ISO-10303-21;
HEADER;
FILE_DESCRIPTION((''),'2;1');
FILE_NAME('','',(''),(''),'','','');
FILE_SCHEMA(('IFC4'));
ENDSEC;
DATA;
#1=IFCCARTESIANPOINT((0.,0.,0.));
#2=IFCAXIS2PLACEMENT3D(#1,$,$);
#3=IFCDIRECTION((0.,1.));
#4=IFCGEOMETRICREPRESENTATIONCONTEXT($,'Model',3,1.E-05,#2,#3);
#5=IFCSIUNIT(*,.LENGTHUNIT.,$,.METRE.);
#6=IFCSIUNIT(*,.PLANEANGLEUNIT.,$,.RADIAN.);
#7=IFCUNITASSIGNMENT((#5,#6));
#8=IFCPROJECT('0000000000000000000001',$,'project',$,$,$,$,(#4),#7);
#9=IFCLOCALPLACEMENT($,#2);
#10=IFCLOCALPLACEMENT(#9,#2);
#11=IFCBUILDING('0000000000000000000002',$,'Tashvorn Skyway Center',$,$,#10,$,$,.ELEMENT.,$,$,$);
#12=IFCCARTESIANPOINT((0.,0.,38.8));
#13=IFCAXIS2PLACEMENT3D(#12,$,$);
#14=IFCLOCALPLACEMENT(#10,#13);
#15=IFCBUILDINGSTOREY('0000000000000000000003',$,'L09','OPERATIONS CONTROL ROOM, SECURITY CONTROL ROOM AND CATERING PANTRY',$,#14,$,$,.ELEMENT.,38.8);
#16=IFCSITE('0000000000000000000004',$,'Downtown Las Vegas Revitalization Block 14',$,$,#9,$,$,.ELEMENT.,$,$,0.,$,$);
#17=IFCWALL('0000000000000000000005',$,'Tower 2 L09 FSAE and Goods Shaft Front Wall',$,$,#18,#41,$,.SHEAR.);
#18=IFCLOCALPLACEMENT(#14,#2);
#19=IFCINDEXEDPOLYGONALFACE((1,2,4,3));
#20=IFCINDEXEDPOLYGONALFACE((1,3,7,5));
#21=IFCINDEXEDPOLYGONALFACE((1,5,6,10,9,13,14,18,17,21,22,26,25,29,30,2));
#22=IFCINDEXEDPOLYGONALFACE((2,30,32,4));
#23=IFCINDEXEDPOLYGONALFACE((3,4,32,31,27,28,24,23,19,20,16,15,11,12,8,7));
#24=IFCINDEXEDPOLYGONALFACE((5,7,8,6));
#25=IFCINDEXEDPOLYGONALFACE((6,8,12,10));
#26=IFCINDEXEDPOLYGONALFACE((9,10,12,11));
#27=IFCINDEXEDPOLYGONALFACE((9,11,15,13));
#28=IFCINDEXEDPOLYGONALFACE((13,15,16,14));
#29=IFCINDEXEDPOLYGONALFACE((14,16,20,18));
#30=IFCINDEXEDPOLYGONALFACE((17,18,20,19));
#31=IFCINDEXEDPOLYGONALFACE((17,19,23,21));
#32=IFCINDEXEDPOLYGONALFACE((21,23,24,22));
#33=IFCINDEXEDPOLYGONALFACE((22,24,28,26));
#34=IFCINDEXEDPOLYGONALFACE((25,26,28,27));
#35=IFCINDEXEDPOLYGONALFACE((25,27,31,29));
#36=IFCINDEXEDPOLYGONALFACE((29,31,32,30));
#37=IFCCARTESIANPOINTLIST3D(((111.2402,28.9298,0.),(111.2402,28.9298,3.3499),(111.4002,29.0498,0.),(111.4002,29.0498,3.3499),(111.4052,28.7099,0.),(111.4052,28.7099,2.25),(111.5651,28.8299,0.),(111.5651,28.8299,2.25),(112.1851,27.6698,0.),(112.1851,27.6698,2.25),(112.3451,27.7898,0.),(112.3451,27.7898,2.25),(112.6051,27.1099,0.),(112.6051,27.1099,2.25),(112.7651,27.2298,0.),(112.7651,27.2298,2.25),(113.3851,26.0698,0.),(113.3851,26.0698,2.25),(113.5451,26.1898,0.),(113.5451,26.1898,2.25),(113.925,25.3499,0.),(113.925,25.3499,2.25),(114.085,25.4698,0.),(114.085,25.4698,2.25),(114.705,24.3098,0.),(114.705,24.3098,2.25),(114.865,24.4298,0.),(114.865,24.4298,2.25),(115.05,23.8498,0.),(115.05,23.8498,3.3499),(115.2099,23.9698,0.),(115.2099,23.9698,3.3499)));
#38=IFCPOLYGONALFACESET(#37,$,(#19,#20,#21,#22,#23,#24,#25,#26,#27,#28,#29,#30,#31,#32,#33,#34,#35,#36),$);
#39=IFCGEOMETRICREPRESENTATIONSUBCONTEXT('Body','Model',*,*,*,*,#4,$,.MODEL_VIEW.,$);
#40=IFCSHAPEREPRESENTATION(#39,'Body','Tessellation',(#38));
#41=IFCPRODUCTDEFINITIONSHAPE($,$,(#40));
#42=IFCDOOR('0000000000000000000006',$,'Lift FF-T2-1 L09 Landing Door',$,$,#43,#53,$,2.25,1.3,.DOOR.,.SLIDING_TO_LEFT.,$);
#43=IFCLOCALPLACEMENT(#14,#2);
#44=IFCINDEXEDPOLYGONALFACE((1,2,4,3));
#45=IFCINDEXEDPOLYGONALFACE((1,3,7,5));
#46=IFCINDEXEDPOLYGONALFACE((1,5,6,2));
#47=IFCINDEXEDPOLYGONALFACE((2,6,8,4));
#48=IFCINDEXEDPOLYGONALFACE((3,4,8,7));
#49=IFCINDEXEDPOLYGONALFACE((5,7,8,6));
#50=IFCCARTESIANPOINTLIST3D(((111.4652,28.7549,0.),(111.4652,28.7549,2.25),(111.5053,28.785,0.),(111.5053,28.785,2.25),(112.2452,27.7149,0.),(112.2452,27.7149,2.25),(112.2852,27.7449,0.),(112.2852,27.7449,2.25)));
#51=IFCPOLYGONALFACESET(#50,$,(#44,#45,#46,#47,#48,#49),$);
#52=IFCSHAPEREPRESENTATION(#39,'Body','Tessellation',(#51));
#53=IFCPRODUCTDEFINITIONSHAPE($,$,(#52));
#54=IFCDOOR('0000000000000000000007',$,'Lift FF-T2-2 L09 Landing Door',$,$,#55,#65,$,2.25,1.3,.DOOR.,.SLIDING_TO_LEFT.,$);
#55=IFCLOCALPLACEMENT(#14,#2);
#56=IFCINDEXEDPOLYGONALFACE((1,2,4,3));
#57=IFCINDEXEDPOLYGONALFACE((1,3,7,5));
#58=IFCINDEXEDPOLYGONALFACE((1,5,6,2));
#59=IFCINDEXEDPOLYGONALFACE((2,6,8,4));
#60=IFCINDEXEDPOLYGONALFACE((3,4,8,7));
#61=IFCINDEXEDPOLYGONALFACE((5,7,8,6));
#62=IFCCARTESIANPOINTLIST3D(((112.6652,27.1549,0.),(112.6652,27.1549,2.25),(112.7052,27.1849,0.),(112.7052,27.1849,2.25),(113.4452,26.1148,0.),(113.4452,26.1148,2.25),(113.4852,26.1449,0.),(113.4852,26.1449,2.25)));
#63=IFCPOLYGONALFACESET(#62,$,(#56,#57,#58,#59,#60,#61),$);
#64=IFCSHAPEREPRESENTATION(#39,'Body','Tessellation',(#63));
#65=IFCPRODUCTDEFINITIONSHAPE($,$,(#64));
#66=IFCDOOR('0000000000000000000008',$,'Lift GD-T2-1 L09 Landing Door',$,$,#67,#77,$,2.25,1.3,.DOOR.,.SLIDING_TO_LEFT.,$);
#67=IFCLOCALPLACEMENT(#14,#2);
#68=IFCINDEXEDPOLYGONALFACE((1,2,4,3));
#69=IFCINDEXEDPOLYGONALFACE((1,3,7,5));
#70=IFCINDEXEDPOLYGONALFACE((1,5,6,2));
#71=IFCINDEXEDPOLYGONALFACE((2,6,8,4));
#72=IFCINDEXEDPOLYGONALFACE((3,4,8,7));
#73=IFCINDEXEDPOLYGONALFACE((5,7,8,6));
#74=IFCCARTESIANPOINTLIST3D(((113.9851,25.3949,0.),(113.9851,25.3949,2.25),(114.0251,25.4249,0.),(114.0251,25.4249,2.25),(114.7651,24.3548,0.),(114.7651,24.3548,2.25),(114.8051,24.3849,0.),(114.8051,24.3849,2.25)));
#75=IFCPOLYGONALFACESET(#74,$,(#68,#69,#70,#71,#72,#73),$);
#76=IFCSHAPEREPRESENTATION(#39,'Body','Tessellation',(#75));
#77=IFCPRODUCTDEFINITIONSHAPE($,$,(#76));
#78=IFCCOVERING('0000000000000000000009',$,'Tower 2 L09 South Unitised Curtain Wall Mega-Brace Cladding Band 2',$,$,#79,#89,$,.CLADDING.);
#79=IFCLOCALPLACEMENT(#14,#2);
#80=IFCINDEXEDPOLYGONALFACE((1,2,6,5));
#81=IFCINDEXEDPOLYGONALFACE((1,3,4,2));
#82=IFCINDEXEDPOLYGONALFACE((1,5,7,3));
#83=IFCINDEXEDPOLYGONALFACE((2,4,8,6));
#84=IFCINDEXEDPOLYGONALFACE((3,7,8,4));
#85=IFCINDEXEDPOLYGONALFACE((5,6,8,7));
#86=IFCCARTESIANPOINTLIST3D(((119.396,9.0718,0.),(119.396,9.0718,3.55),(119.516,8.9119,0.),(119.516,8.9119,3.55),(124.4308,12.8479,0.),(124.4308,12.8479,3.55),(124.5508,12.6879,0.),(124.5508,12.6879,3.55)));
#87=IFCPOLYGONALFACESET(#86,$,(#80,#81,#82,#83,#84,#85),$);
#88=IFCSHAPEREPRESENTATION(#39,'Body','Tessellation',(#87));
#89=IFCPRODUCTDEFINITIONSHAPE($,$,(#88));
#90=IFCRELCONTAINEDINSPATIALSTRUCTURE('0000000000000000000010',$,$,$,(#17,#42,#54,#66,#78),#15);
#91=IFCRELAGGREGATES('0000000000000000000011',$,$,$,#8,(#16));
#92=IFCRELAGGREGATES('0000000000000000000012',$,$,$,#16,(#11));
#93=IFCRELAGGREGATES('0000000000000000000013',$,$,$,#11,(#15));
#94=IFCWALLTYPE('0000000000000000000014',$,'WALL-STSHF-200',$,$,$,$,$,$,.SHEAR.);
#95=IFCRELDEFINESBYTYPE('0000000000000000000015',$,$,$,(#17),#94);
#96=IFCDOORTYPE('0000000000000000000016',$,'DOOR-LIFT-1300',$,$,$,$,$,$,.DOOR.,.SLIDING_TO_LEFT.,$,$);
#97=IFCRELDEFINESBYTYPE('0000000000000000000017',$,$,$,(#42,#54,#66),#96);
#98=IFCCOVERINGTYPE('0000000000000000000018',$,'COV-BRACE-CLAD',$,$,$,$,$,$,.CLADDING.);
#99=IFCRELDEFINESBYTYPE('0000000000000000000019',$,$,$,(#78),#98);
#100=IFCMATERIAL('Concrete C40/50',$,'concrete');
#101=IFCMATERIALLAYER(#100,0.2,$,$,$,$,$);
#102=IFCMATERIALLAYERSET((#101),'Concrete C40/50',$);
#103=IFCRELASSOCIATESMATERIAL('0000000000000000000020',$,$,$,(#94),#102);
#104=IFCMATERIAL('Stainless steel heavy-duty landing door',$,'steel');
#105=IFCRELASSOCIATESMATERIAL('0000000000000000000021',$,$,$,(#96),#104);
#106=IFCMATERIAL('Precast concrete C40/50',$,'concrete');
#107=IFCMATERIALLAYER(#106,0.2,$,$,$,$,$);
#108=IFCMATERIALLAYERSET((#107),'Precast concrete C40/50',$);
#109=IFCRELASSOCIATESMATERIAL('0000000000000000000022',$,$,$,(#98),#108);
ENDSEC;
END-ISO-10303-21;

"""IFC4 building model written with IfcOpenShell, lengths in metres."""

from ifc_helpers import new_model, si_unit, direction, frame, frame_2d, origin, origin_2d, place, context, subcontext, project, spatial, rectangle, extrude, material, layer, layer_set, type_object, element, fill, save


model = new_model("IFC4")

# Units and contexts
model_context = context("Model", 3, precision=1e-05, world=origin(), true_north=direction((0.0, 1.0)))
body_context = subcontext(model_context, "Body", "Model", "MODEL_VIEW")
ifc_project = project(units=[si_unit("LENGTHUNIT", "METRE"), si_unit("PLANEANGLEUNIT", "RADIAN")], contexts=[model_context])

# Site, building, storey
site_placement = place(None, origin())
site = spatial("IfcSite", under=ifc_project, at=site_placement, Name="Downtown Las Vegas Revitalization Block 14", CompositionType="ELEMENT", RefElevation=0.0)
building_placement = place(site_placement, origin())
building = spatial("IfcBuilding", under=site, at=building_placement, Name="Tashvorn Skyway Center", CompositionType="ELEMENT")
storey_placement = place(building_placement, frame((0.0, 0.0, 38.8)))
storey = spatial("IfcBuildingStorey", under=building, at=storey_placement, Name="L09", Description="OPERATIONS CONTROL ROOM, SECURITY CONTROL ROOM AND CATERING PANTRY", CompositionType="ELEMENT", Elevation=38.8)

# Shared definitions
ifc_material_1 = material(Name="Concrete C40/50", Category="concrete")

# Shared definitions
ifc_layer_1 = layer(ifc_material_1, 0.2)
ifc_layer_set_1 = layer_set([ifc_layer_1], Name="Concrete C40/50")
wall_type_1 = type_object("IfcWallType", Name="WALL-STSHF-200", PredefinedType="SHEAR", material=ifc_layer_set_1)

# Wall, openings, doors
wall_1_placement = place(storey_placement, frame((115.1299, 23.9099, 0.0), z_axis=(0.0, 0.0, 1.0), x_axis=(-0.599975, 0.800018, 0.0)))
wall_1 = element("IfcWall", 1, at=wall_1_placement, inside=storey, type_object=wall_type_1, Name="Tower 2 L09 FSAE and Goods Shaft Front Wall", PredefinedType="SHEAR", context=body_context, shape_type="SweptSolid", body=[
    extrude(rectangle(XDim=6.3499, YDim=0.2, at=frame_2d((3.1748, 0.0))), origin(), (0.0, 0.0, 1.0), 3.3499),
])
opening_1_placement = place(wall_1_placement, frame((4.7749, 0.0, 0.0)))
opening_1 = element("IfcOpeningElement", 2, at=opening_1_placement, cuts=wall_1, PredefinedType="OPENING", context=body_context, shape_type="SweptSolid", body=[
    extrude(rectangle(XDim=1.3, YDim=2.25, at=frame_2d((0.6499, 1.125))), frame((0.0, 0.1099, 0.0), z_axis=(0.0, -1.0, 0.0), x_axis=(1.0, 0.0, 0.0)), (0.0, 0.0, 1.0), 0.22),
])
opening_2_placement = place(wall_1_placement, frame((2.7749, 0.0, 0.0)))
opening_2 = element("IfcOpeningElement", 3, at=opening_2_placement, cuts=wall_1, PredefinedType="OPENING", context=body_context, shape_type="SweptSolid", body=[
    extrude(rectangle(XDim=1.3, YDim=2.25, at=frame_2d((0.6499, 1.125))), frame((0.0, 0.1099, 0.0), z_axis=(0.0, -1.0, 0.0), x_axis=(1.0, 0.0, 0.0)), (0.0, 0.0, 1.0), 0.22),
])
opening_3_placement = place(wall_1_placement, frame((0.575, 0.0, 0.0)))
opening_3 = element("IfcOpeningElement", 4, at=opening_3_placement, cuts=wall_1, PredefinedType="OPENING", context=body_context, shape_type="SweptSolid", body=[
    extrude(rectangle(XDim=1.3, YDim=2.25, at=frame_2d((0.6499, 1.125))), frame((0.0, 0.1099, 0.0), z_axis=(0.0, -1.0, 0.0), x_axis=(1.0, 0.0, 0.0)), (0.0, 0.0, 1.0), 0.22),
])
ifc_material_2 = material(Name="Stainless steel heavy-duty landing door", Category="steel")
door_type_1 = type_object("IfcDoorType", Name="DOOR-LIFT-1300", OperationType="SLIDING_TO_LEFT", PredefinedType="DOOR", material=ifc_material_2)
door_1_placement = place(opening_1_placement, origin())
door_1 = element("IfcDoor", 5, at=door_1_placement, inside=storey, type_object=door_type_1, Name="Lift FF-T2-1 L09 Landing Door", OperationType="SLIDING_TO_LEFT", OverallHeight=2.25, OverallWidth=1.3, PredefinedType="DOOR", context=body_context, shape_type="SweptSolid", body=[
    extrude(rectangle(XDim=1.3, YDim=2.25, at=frame_2d((0.6499, 1.125))), frame((0.0, 0.0249, 0.0), z_axis=(0.0, -1.0, 0.0), x_axis=(1.0, 0.0, 0.0)), (0.0, 0.0, 1.0), 0.05),
])
fill(opening_1, door_1)
door_2_placement = place(opening_2_placement, origin())
door_2 = element("IfcDoor", 6, at=door_2_placement, inside=storey, type_object=door_type_1, Name="Lift FF-T2-2 L09 Landing Door", OperationType="SLIDING_TO_LEFT", OverallHeight=2.25, OverallWidth=1.3, PredefinedType="DOOR", context=body_context, shape_type="SweptSolid", body=[
    extrude(rectangle(XDim=1.3, YDim=2.25, at=frame_2d((0.6499, 1.125))), frame((0.0, 0.0249, 0.0), z_axis=(0.0, -1.0, 0.0), x_axis=(1.0, 0.0, 0.0)), (0.0, 0.0, 1.0), 0.05),
])
fill(opening_2, door_2)
door_3_placement = place(opening_3_placement, origin())
door_3 = element("IfcDoor", 7, at=door_3_placement, inside=storey, type_object=door_type_1, Name="Lift GD-T2-1 L09 Landing Door", OperationType="SLIDING_TO_LEFT", OverallHeight=2.25, OverallWidth=1.3, PredefinedType="DOOR", context=body_context, shape_type="SweptSolid", body=[
    extrude(rectangle(XDim=1.3, YDim=2.25, at=frame_2d((0.6499, 1.125))), frame((0.0, 0.0249, 0.0), z_axis=(0.0, -1.0, 0.0), x_axis=(1.0, 0.0, 0.0)), (0.0, 0.0, 1.0), 0.05),
])
fill(opening_3, door_3)

# Covering
ifc_material_3 = material(Name="Precast concrete C40/50", Category="concrete")
ifc_layer_2 = layer(ifc_material_3, 0.2)
ifc_layer_set_2 = layer_set([ifc_layer_2], Name="Precast concrete C40/50")
covering_type = type_object("IfcCoveringType", Name="COV-BRACE-CLAD", PredefinedType="CLADDING", material=ifc_layer_set_2)
covering_placement = place(storey_placement, frame((121.9734, 10.8799, 0.0), z_axis=(0.0, 0.0, 1.0), x_axis=(-0.8, -0.6, 0.0)))
element("IfcCovering", 8, at=covering_placement, inside=storey, type_object=covering_type, Name="Tower 2 L09 South Unitised Curtain Wall Mega-Brace Cladding Band 2", PredefinedType="CLADDING", context=body_context, shape_type="SweptSolid", body=[
    extrude(rectangle(XDim=6.2935, YDim=0.2, at=origin_2d()), origin(), (0.0, 0.0, 1.0), 3.55),
])

save(model, "model.ifc")
